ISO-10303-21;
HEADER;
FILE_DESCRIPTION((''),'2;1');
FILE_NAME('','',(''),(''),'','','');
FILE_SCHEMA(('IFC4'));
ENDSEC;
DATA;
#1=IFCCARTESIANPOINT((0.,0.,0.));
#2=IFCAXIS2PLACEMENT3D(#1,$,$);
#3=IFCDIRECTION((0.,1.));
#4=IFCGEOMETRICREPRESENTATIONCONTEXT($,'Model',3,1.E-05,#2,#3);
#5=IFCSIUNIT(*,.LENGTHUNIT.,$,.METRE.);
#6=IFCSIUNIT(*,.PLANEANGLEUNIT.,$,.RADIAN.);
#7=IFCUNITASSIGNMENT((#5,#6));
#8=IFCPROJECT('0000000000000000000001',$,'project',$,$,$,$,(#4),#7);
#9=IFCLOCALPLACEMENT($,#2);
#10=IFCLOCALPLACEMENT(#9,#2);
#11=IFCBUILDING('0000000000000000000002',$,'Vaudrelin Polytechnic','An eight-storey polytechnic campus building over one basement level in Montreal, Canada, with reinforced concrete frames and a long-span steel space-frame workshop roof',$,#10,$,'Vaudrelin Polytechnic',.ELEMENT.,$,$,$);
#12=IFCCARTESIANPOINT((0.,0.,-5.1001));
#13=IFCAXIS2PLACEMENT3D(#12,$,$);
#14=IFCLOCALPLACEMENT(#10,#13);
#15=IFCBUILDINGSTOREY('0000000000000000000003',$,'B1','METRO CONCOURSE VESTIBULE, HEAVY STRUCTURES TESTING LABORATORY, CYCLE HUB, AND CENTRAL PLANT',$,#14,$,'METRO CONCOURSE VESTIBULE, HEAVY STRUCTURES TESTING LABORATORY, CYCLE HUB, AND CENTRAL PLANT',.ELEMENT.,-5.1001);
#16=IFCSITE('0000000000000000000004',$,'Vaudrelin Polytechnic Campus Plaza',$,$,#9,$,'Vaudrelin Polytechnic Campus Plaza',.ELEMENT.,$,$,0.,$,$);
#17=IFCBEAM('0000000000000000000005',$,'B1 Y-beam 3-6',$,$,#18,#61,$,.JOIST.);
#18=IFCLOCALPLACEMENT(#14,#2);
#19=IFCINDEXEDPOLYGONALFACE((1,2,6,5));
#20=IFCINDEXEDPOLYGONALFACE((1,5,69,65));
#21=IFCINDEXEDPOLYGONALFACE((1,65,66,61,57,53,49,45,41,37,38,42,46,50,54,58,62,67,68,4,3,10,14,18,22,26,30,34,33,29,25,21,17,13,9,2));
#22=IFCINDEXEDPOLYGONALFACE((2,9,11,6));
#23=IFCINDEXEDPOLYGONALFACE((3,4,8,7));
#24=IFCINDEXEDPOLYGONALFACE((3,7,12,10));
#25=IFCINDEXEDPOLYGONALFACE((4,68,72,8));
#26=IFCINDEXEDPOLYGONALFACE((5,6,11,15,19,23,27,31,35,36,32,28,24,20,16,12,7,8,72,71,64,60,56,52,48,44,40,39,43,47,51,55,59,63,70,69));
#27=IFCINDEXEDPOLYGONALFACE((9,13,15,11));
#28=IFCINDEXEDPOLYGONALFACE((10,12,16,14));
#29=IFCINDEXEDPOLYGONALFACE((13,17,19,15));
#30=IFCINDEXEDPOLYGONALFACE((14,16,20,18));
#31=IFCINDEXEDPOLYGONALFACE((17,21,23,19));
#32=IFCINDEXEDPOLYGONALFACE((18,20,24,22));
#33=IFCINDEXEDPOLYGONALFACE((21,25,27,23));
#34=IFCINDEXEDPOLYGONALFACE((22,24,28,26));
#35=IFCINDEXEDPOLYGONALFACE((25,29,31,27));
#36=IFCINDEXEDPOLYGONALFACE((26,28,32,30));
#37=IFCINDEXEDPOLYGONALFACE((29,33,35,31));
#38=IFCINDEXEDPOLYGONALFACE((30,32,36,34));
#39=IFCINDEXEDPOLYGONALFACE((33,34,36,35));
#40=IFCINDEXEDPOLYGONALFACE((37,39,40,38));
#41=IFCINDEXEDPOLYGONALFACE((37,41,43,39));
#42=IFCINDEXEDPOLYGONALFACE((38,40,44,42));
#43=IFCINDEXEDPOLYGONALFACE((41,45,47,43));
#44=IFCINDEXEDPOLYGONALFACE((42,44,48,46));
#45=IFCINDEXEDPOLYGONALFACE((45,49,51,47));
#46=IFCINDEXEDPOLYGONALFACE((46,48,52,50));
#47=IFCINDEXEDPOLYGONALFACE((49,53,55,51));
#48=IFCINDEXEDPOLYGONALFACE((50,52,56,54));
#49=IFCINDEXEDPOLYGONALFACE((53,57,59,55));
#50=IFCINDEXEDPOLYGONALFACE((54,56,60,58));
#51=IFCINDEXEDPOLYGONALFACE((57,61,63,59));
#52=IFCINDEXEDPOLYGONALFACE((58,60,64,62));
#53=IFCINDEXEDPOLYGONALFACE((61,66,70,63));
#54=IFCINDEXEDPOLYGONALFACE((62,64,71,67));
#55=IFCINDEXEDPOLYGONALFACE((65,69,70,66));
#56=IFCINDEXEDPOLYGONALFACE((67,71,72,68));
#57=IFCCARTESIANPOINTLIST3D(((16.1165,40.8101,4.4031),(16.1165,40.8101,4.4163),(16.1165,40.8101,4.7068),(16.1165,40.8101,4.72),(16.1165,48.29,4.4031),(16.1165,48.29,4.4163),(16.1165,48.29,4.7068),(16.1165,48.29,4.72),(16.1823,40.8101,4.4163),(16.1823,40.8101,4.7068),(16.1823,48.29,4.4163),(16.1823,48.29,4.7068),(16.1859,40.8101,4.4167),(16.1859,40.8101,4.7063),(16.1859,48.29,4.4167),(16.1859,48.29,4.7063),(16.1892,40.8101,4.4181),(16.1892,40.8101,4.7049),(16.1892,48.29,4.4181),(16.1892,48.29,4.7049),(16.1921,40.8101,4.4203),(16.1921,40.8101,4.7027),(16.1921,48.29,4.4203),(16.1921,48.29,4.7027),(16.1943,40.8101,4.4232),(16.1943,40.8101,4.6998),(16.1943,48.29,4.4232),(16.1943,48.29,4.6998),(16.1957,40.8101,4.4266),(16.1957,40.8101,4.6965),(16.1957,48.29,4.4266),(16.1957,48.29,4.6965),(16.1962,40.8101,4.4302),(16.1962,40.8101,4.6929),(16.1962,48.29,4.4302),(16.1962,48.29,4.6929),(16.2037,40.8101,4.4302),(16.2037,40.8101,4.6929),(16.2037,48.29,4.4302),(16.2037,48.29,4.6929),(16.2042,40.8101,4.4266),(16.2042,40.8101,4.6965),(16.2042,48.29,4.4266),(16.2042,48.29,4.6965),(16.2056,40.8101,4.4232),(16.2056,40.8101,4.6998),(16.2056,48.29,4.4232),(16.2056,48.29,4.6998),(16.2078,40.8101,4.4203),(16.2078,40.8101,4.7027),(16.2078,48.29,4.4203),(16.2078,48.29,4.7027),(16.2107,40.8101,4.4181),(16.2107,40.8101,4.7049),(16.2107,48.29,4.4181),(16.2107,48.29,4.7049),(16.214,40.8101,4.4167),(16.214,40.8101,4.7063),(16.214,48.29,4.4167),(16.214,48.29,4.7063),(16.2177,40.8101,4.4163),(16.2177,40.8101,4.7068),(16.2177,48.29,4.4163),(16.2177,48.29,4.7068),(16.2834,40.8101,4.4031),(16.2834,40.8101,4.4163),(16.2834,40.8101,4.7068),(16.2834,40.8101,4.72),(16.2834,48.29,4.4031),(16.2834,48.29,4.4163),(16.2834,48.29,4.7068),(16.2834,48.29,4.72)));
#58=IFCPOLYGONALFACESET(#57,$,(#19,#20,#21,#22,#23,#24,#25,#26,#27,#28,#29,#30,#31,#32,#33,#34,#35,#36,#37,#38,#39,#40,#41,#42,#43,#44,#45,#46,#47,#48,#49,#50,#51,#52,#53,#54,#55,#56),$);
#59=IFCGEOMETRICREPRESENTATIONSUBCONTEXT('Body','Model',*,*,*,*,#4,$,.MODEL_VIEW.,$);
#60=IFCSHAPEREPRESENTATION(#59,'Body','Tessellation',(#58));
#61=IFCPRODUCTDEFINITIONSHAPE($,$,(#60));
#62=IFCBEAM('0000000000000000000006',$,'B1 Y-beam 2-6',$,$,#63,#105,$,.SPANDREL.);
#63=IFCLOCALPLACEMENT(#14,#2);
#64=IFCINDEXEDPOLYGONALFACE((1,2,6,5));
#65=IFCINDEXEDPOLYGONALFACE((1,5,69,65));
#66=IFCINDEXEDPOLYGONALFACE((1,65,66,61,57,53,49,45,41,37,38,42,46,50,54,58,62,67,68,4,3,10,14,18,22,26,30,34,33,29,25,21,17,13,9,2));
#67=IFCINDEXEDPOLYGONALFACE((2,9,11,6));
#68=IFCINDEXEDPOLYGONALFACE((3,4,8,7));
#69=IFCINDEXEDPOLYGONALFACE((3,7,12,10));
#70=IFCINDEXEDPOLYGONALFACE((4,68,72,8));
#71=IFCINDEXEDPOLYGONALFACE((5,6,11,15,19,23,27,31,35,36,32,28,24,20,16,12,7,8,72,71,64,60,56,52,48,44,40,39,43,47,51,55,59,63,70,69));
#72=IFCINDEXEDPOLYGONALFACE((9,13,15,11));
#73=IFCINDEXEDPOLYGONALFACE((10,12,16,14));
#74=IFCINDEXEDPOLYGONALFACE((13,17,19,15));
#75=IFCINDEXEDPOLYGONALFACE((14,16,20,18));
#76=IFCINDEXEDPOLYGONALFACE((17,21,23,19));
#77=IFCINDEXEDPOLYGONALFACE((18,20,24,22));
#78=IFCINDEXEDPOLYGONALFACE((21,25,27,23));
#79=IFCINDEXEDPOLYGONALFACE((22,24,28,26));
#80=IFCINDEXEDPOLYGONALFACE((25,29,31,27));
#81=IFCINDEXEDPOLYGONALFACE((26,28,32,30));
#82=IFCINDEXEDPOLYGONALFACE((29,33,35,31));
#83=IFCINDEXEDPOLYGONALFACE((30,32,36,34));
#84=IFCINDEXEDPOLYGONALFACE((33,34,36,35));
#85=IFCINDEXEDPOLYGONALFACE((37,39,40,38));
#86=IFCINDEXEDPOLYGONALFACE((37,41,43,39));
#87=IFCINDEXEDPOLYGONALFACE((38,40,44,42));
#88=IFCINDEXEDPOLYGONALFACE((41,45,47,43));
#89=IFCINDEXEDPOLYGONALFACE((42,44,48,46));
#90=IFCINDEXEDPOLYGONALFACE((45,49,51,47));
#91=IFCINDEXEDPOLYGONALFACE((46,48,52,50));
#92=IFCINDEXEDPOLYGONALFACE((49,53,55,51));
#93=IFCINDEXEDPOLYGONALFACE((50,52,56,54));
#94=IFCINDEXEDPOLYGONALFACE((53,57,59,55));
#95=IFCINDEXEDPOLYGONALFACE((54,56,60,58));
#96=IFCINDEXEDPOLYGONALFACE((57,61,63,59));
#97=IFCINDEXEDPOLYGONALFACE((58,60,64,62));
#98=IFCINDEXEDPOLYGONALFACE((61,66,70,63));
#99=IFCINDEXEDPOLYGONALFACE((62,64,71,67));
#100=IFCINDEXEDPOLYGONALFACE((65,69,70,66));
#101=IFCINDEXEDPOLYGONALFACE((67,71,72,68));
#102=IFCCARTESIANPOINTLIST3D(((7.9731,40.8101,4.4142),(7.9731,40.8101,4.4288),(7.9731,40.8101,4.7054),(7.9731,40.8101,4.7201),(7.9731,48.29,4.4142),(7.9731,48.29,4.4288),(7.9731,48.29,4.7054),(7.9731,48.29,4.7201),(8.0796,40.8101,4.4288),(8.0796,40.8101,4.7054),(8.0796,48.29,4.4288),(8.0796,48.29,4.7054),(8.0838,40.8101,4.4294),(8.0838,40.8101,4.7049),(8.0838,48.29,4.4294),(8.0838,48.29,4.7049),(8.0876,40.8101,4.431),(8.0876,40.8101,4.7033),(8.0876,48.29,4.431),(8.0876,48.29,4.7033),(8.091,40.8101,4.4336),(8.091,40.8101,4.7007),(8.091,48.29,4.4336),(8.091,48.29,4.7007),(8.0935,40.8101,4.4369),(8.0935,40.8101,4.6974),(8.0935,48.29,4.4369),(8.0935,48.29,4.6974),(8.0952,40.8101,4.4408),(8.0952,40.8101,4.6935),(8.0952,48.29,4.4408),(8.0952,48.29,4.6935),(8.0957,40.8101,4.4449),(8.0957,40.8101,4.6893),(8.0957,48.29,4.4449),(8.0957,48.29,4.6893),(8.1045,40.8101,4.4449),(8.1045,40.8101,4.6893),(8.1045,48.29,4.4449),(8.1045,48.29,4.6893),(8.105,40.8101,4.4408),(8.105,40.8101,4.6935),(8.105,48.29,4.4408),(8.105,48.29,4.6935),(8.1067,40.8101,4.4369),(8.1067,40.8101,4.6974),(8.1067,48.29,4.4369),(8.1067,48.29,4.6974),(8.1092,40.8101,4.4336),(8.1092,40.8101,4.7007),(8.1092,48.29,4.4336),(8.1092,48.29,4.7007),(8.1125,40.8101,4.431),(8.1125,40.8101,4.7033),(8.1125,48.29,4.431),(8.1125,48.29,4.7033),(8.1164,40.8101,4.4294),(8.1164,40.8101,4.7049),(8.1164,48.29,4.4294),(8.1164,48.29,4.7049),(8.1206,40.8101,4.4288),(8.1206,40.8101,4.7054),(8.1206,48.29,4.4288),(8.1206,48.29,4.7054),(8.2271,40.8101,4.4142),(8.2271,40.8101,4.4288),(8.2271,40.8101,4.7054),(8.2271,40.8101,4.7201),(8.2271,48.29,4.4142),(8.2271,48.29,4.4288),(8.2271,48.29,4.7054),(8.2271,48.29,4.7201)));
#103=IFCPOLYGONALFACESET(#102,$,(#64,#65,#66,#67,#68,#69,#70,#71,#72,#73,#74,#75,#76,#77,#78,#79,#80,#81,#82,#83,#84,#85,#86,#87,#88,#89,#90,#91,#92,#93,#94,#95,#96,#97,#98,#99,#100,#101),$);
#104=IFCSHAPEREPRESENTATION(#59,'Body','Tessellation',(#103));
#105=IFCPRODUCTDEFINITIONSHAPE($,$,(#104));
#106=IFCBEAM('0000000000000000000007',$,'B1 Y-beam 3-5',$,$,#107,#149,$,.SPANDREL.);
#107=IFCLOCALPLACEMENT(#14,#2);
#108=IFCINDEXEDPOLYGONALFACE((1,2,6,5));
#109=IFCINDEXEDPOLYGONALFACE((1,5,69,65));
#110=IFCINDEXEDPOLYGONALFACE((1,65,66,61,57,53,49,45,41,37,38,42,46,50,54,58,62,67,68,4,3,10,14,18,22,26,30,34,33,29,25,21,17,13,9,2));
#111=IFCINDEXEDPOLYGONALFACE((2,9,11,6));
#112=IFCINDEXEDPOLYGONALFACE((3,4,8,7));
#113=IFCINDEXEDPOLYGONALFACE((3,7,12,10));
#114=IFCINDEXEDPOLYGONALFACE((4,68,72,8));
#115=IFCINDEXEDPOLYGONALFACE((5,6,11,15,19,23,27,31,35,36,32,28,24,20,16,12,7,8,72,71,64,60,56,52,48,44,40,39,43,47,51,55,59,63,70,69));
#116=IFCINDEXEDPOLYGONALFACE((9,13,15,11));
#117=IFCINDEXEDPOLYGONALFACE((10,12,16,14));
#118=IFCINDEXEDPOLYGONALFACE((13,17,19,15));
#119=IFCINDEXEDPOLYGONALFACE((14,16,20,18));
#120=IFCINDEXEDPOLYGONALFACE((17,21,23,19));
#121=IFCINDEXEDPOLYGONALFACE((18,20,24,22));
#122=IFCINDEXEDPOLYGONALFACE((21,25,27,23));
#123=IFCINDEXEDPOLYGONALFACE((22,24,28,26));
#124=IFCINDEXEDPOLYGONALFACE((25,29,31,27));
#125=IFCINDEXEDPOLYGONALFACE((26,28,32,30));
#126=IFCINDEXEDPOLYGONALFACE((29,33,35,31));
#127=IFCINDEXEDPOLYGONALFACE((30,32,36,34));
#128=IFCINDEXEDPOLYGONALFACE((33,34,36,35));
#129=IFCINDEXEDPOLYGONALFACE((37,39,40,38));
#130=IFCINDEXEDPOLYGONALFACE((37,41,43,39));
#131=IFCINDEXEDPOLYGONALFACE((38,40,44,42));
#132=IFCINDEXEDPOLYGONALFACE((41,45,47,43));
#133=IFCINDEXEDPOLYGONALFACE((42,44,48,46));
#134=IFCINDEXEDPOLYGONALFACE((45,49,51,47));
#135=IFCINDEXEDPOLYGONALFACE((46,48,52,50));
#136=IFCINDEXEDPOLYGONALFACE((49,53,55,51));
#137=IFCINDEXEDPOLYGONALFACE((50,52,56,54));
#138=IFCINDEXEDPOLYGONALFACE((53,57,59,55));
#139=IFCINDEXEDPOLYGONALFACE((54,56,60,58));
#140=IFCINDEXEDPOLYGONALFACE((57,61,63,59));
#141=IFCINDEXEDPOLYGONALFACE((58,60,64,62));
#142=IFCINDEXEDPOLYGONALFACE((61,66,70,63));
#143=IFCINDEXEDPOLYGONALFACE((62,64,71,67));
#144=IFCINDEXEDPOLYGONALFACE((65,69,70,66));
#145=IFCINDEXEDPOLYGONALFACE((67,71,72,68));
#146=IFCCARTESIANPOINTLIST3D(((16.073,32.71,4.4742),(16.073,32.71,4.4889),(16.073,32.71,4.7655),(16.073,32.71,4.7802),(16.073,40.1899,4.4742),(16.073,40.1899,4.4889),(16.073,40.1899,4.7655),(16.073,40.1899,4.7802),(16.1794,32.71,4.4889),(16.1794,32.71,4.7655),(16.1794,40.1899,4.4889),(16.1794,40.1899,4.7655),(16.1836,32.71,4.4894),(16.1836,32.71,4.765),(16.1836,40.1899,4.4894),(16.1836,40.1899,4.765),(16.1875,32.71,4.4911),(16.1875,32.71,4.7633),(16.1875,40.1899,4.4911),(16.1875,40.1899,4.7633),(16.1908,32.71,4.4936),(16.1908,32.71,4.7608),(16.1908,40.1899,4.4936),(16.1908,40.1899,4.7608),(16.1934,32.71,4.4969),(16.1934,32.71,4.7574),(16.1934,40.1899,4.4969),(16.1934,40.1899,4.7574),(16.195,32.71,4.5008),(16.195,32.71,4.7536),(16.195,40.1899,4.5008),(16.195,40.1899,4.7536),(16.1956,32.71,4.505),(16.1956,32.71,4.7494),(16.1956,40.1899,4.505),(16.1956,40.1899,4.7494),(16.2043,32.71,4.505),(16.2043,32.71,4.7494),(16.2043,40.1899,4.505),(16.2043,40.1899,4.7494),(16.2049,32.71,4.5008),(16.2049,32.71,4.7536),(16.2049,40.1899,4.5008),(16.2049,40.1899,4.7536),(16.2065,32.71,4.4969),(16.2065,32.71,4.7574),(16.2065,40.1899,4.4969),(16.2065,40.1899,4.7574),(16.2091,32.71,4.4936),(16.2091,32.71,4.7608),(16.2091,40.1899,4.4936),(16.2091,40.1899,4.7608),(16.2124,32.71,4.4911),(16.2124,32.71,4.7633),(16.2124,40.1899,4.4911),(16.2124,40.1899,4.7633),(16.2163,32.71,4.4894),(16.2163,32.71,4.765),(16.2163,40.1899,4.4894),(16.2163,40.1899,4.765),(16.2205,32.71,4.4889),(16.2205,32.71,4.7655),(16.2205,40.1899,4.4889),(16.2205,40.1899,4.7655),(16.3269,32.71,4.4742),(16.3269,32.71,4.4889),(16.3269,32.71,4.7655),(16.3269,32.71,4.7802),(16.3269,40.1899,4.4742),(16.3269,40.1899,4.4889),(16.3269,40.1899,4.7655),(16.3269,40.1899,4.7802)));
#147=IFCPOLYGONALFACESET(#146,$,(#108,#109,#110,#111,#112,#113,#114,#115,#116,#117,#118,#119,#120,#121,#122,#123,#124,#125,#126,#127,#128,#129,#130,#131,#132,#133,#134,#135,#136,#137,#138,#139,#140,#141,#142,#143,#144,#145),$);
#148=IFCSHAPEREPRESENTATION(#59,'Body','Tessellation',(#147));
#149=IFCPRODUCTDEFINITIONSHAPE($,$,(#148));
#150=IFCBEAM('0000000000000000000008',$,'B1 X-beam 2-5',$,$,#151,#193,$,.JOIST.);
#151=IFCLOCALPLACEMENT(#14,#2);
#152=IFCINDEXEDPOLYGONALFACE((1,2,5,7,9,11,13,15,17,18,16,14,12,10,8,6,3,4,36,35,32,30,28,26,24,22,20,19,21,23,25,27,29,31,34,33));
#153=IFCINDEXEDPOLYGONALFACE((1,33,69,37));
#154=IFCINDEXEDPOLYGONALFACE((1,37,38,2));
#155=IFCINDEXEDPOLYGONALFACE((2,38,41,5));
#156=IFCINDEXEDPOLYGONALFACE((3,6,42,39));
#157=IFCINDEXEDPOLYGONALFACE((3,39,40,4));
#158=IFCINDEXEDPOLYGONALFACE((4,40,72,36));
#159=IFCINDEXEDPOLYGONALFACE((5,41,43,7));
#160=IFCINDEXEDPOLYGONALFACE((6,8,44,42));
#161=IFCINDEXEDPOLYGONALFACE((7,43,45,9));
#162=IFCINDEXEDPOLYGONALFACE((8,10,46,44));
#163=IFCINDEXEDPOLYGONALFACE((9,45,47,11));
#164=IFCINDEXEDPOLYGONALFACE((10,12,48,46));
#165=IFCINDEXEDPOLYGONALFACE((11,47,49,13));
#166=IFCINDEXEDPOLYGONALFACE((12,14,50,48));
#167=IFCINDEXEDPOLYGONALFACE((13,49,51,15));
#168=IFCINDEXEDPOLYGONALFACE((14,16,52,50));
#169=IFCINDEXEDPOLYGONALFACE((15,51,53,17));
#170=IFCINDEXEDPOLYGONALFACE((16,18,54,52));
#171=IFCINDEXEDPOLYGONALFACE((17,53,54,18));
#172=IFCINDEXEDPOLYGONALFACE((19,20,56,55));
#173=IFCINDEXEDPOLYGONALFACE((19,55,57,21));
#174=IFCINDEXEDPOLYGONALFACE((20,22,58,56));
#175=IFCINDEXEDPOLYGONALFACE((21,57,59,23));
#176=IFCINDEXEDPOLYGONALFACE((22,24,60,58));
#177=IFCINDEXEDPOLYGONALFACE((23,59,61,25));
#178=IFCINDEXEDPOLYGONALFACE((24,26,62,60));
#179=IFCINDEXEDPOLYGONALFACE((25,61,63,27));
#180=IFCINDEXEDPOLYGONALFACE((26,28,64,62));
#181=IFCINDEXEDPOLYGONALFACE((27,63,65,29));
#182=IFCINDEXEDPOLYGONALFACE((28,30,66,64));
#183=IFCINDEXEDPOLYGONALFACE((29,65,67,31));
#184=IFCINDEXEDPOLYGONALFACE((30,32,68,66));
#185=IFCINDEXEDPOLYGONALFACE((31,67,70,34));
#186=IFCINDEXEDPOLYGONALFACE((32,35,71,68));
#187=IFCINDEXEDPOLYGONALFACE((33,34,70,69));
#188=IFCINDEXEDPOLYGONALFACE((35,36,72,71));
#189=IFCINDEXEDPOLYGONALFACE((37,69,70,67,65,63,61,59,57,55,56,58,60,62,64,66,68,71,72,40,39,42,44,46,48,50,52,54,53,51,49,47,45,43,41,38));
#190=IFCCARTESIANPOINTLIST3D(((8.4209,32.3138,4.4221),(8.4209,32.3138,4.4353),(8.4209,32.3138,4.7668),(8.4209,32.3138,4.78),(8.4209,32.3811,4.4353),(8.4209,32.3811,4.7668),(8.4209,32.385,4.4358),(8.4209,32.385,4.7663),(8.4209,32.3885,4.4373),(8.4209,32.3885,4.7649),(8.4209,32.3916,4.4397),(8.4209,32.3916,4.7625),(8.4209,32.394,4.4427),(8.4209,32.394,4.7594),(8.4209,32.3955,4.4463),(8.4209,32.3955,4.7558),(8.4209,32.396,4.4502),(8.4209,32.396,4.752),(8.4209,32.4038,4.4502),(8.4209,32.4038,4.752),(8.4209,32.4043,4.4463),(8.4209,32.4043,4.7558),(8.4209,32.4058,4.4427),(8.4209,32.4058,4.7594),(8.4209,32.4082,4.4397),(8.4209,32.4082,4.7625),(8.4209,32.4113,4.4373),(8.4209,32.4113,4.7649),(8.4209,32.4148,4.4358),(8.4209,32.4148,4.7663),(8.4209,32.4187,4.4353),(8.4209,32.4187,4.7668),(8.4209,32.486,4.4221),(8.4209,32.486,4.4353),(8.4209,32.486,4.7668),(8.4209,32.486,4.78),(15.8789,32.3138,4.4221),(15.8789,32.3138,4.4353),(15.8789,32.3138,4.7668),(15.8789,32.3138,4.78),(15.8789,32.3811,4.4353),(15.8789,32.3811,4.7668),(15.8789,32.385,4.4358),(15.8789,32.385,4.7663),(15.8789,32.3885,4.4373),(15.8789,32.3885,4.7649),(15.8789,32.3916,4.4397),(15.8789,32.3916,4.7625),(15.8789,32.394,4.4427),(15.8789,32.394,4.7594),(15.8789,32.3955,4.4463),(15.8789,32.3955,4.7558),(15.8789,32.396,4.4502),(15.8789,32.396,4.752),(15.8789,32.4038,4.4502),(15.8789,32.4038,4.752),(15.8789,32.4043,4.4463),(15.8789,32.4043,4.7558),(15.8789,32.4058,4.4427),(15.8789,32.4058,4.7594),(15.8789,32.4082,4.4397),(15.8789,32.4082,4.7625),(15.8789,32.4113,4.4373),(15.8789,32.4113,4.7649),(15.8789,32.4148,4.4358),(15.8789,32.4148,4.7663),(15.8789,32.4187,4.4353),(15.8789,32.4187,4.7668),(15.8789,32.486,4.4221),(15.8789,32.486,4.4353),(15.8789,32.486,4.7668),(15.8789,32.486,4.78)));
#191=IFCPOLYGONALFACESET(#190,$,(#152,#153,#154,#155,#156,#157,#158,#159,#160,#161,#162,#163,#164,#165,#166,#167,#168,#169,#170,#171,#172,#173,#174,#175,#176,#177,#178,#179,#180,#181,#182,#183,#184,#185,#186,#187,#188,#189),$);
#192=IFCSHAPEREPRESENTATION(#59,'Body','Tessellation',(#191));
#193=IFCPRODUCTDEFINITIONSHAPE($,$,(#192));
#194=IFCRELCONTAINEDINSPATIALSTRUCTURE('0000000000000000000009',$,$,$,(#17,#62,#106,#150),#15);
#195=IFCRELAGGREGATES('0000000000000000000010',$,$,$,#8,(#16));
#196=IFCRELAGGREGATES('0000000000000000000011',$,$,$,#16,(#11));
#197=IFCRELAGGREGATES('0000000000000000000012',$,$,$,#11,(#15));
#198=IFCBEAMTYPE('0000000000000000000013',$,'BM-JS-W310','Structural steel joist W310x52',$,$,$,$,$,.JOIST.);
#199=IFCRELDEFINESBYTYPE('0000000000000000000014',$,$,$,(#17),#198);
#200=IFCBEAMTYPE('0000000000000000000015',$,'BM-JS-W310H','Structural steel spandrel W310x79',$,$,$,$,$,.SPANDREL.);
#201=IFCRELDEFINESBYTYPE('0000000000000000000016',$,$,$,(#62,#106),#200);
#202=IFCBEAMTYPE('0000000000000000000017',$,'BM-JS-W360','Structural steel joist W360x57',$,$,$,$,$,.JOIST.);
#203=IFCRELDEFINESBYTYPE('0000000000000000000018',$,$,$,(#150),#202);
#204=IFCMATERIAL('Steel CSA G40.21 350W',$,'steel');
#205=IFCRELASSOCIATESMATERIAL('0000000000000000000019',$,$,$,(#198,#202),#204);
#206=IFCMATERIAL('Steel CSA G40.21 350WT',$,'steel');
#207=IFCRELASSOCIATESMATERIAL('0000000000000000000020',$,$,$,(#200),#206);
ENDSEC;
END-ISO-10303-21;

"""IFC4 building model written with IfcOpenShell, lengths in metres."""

from ifc_helpers import new_model, si_unit, direction, frame, origin, origin_2d, place, context, subcontext, project, spatial, i_section, extrude, material, material_profile, profile_set, type_object, element, save


model = new_model("IFC4")

# Units and contexts
model_context = context("Model", 3, precision=1e-05, world=origin(), true_north=direction((0.0, 1.0)))
body_context = subcontext(model_context, "Body", "Model", "MODEL_VIEW")
ifc_project = project(units=[si_unit("LENGTHUNIT", "METRE"), si_unit("PLANEANGLEUNIT", "RADIAN")], contexts=[model_context])

# Site, building, storey
site_placement = place(None, origin())
site = spatial("IfcSite", under=ifc_project, at=site_placement, Name="Vaudrelin Polytechnic Campus Plaza", LongName="Vaudrelin Polytechnic Campus Plaza", CompositionType="ELEMENT", RefElevation=0.0)
building_placement = place(site_placement, origin())
building = spatial("IfcBuilding", under=site, at=building_placement, Name="Vaudrelin Polytechnic", Description="An eight-storey polytechnic campus building over one basement level in Montreal, Canada, with reinforced concrete frames and a long-span steel space-frame workshop roof", LongName="Vaudrelin Polytechnic", CompositionType="ELEMENT")
storey_placement = place(building_placement, frame((0.0, 0.0, -5.1001)))
storey = spatial("IfcBuildingStorey", under=building, at=storey_placement, Name="B1", Description="METRO CONCOURSE VESTIBULE, HEAVY STRUCTURES TESTING LABORATORY, CYCLE HUB, AND CENTRAL PLANT", LongName="METRO CONCOURSE VESTIBULE, HEAVY STRUCTURES TESTING LABORATORY, CYCLE HUB, AND CENTRAL PLANT", CompositionType="ELEMENT", Elevation=-5.1001)

# Beams
ifc_material_1 = material(Name="Steel CSA G40.21 350WT", Category="steel")
ifc_material_2 = material(Name="Steel CSA G40.21 350W", Category="steel")
ifc_material_profile_1 = material_profile(ifc_material_2, i_section(OverallWidth=0.167, OverallDepth=0.3169, WebThickness=0.0076, FlangeThickness=0.0132, FilletRadius=0.0139, at=origin_2d()), Name="W310x52")
ifc_profile_set_1 = profile_set([ifc_material_profile_1], Name="Steel CSA G40.21 350W")
beam_type_1 = type_object("IfcBeamType", Name="BM-JS-W310", Description="Structural steel joist W310x52", PredefinedType="JOIST", material=ifc_profile_set_1)
beam_1_placement = place(storey_placement, frame((16.2, 40.8101, 4.5615), z_axis=(0.0, 1.0, 0.0), x_axis=(-1.0, 0.0, 0.0)))
element("IfcBeam", 1, at=beam_1_placement, inside=storey, type_object=beam_type_1, Name="B1 Y-beam 3-6", PredefinedType="JOIST", context=body_context, shape_type="SweptSolid", body=[
    extrude(i_section(OverallWidth=0.167, OverallDepth=0.3169, WebThickness=0.0076, FlangeThickness=0.0132, FilletRadius=0.0139, at=origin_2d()), origin(), (0.0, 0.0, 1.0), 7.48),
])
ifc_material_profile_2 = material_profile(ifc_material_1, i_section(OverallWidth=0.2539, OverallDepth=0.3059, WebThickness=0.0088, FlangeThickness=0.0146, FilletRadius=0.0161, at=origin_2d()), Name="W310x79")
ifc_profile_set_2 = profile_set([ifc_material_profile_2], Name="Steel CSA G40.21 350WT")
beam_type_2 = type_object("IfcBeamType", Name="BM-JS-W310H", Description="Structural steel spandrel W310x79", PredefinedType="SPANDREL", material=ifc_profile_set_2)
for number, where, z_axis, x_axis, name in (
    (2, (8.1001, 40.8101, 4.5671), (0.0, 1.0, 0.0), (-1.0, 0.0, 0.0), "B1 Y-beam 2-6"),
    (3, (16.2, 32.71, 4.6272), (0.0, 1.0, 0.0), (-1.0, 0.0, 0.0), "B1 Y-beam 3-5"),
):
    element("IfcBeam", number, at=place(storey_placement, frame(where, z_axis=z_axis, x_axis=x_axis)), inside=storey, type_object=beam_type_2, Name=name, PredefinedType="SPANDREL", context=body_context, shape_type="SweptSolid", body=[
        extrude(i_section(OverallWidth=0.2539, OverallDepth=0.3059, WebThickness=0.0088, FlangeThickness=0.0146, FilletRadius=0.0161, at=origin_2d()), origin(), (0.0, 0.0, 1.0), 7.48),
    ])
ifc_material_profile_3 = material_profile(ifc_material_2, i_section(OverallWidth=0.1721, OverallDepth=0.3579, WebThickness=0.0078, FlangeThickness=0.0132, FilletRadius=0.0149, at=origin_2d()), Name="W360x57")
ifc_profile_set_3 = profile_set([ifc_material_profile_3], Name="Steel CSA G40.21 350W")
beam_type_3 = type_object("IfcBeamType", Name="BM-JS-W360", Description="Structural steel joist W360x57", PredefinedType="JOIST", material=ifc_profile_set_3)
beam_2_placement = place(storey_placement, frame((8.4209, 32.3999, 4.6011), z_axis=(1.0, 0.0, 0.0), x_axis=(0.0, 1.0, 0.0)))
element("IfcBeam", 4, at=beam_2_placement, inside=storey, type_object=beam_type_3, Name="B1 X-beam 2-5", PredefinedType="JOIST", context=body_context, shape_type="SweptSolid", body=[
    extrude(i_section(OverallWidth=0.1721, OverallDepth=0.3579, WebThickness=0.0078, FlangeThickness=0.0132, FilletRadius=0.0149, at=origin_2d()), origin(), (0.0, 0.0, 1.0), 7.458),
])

save(model, "model.ifc")
